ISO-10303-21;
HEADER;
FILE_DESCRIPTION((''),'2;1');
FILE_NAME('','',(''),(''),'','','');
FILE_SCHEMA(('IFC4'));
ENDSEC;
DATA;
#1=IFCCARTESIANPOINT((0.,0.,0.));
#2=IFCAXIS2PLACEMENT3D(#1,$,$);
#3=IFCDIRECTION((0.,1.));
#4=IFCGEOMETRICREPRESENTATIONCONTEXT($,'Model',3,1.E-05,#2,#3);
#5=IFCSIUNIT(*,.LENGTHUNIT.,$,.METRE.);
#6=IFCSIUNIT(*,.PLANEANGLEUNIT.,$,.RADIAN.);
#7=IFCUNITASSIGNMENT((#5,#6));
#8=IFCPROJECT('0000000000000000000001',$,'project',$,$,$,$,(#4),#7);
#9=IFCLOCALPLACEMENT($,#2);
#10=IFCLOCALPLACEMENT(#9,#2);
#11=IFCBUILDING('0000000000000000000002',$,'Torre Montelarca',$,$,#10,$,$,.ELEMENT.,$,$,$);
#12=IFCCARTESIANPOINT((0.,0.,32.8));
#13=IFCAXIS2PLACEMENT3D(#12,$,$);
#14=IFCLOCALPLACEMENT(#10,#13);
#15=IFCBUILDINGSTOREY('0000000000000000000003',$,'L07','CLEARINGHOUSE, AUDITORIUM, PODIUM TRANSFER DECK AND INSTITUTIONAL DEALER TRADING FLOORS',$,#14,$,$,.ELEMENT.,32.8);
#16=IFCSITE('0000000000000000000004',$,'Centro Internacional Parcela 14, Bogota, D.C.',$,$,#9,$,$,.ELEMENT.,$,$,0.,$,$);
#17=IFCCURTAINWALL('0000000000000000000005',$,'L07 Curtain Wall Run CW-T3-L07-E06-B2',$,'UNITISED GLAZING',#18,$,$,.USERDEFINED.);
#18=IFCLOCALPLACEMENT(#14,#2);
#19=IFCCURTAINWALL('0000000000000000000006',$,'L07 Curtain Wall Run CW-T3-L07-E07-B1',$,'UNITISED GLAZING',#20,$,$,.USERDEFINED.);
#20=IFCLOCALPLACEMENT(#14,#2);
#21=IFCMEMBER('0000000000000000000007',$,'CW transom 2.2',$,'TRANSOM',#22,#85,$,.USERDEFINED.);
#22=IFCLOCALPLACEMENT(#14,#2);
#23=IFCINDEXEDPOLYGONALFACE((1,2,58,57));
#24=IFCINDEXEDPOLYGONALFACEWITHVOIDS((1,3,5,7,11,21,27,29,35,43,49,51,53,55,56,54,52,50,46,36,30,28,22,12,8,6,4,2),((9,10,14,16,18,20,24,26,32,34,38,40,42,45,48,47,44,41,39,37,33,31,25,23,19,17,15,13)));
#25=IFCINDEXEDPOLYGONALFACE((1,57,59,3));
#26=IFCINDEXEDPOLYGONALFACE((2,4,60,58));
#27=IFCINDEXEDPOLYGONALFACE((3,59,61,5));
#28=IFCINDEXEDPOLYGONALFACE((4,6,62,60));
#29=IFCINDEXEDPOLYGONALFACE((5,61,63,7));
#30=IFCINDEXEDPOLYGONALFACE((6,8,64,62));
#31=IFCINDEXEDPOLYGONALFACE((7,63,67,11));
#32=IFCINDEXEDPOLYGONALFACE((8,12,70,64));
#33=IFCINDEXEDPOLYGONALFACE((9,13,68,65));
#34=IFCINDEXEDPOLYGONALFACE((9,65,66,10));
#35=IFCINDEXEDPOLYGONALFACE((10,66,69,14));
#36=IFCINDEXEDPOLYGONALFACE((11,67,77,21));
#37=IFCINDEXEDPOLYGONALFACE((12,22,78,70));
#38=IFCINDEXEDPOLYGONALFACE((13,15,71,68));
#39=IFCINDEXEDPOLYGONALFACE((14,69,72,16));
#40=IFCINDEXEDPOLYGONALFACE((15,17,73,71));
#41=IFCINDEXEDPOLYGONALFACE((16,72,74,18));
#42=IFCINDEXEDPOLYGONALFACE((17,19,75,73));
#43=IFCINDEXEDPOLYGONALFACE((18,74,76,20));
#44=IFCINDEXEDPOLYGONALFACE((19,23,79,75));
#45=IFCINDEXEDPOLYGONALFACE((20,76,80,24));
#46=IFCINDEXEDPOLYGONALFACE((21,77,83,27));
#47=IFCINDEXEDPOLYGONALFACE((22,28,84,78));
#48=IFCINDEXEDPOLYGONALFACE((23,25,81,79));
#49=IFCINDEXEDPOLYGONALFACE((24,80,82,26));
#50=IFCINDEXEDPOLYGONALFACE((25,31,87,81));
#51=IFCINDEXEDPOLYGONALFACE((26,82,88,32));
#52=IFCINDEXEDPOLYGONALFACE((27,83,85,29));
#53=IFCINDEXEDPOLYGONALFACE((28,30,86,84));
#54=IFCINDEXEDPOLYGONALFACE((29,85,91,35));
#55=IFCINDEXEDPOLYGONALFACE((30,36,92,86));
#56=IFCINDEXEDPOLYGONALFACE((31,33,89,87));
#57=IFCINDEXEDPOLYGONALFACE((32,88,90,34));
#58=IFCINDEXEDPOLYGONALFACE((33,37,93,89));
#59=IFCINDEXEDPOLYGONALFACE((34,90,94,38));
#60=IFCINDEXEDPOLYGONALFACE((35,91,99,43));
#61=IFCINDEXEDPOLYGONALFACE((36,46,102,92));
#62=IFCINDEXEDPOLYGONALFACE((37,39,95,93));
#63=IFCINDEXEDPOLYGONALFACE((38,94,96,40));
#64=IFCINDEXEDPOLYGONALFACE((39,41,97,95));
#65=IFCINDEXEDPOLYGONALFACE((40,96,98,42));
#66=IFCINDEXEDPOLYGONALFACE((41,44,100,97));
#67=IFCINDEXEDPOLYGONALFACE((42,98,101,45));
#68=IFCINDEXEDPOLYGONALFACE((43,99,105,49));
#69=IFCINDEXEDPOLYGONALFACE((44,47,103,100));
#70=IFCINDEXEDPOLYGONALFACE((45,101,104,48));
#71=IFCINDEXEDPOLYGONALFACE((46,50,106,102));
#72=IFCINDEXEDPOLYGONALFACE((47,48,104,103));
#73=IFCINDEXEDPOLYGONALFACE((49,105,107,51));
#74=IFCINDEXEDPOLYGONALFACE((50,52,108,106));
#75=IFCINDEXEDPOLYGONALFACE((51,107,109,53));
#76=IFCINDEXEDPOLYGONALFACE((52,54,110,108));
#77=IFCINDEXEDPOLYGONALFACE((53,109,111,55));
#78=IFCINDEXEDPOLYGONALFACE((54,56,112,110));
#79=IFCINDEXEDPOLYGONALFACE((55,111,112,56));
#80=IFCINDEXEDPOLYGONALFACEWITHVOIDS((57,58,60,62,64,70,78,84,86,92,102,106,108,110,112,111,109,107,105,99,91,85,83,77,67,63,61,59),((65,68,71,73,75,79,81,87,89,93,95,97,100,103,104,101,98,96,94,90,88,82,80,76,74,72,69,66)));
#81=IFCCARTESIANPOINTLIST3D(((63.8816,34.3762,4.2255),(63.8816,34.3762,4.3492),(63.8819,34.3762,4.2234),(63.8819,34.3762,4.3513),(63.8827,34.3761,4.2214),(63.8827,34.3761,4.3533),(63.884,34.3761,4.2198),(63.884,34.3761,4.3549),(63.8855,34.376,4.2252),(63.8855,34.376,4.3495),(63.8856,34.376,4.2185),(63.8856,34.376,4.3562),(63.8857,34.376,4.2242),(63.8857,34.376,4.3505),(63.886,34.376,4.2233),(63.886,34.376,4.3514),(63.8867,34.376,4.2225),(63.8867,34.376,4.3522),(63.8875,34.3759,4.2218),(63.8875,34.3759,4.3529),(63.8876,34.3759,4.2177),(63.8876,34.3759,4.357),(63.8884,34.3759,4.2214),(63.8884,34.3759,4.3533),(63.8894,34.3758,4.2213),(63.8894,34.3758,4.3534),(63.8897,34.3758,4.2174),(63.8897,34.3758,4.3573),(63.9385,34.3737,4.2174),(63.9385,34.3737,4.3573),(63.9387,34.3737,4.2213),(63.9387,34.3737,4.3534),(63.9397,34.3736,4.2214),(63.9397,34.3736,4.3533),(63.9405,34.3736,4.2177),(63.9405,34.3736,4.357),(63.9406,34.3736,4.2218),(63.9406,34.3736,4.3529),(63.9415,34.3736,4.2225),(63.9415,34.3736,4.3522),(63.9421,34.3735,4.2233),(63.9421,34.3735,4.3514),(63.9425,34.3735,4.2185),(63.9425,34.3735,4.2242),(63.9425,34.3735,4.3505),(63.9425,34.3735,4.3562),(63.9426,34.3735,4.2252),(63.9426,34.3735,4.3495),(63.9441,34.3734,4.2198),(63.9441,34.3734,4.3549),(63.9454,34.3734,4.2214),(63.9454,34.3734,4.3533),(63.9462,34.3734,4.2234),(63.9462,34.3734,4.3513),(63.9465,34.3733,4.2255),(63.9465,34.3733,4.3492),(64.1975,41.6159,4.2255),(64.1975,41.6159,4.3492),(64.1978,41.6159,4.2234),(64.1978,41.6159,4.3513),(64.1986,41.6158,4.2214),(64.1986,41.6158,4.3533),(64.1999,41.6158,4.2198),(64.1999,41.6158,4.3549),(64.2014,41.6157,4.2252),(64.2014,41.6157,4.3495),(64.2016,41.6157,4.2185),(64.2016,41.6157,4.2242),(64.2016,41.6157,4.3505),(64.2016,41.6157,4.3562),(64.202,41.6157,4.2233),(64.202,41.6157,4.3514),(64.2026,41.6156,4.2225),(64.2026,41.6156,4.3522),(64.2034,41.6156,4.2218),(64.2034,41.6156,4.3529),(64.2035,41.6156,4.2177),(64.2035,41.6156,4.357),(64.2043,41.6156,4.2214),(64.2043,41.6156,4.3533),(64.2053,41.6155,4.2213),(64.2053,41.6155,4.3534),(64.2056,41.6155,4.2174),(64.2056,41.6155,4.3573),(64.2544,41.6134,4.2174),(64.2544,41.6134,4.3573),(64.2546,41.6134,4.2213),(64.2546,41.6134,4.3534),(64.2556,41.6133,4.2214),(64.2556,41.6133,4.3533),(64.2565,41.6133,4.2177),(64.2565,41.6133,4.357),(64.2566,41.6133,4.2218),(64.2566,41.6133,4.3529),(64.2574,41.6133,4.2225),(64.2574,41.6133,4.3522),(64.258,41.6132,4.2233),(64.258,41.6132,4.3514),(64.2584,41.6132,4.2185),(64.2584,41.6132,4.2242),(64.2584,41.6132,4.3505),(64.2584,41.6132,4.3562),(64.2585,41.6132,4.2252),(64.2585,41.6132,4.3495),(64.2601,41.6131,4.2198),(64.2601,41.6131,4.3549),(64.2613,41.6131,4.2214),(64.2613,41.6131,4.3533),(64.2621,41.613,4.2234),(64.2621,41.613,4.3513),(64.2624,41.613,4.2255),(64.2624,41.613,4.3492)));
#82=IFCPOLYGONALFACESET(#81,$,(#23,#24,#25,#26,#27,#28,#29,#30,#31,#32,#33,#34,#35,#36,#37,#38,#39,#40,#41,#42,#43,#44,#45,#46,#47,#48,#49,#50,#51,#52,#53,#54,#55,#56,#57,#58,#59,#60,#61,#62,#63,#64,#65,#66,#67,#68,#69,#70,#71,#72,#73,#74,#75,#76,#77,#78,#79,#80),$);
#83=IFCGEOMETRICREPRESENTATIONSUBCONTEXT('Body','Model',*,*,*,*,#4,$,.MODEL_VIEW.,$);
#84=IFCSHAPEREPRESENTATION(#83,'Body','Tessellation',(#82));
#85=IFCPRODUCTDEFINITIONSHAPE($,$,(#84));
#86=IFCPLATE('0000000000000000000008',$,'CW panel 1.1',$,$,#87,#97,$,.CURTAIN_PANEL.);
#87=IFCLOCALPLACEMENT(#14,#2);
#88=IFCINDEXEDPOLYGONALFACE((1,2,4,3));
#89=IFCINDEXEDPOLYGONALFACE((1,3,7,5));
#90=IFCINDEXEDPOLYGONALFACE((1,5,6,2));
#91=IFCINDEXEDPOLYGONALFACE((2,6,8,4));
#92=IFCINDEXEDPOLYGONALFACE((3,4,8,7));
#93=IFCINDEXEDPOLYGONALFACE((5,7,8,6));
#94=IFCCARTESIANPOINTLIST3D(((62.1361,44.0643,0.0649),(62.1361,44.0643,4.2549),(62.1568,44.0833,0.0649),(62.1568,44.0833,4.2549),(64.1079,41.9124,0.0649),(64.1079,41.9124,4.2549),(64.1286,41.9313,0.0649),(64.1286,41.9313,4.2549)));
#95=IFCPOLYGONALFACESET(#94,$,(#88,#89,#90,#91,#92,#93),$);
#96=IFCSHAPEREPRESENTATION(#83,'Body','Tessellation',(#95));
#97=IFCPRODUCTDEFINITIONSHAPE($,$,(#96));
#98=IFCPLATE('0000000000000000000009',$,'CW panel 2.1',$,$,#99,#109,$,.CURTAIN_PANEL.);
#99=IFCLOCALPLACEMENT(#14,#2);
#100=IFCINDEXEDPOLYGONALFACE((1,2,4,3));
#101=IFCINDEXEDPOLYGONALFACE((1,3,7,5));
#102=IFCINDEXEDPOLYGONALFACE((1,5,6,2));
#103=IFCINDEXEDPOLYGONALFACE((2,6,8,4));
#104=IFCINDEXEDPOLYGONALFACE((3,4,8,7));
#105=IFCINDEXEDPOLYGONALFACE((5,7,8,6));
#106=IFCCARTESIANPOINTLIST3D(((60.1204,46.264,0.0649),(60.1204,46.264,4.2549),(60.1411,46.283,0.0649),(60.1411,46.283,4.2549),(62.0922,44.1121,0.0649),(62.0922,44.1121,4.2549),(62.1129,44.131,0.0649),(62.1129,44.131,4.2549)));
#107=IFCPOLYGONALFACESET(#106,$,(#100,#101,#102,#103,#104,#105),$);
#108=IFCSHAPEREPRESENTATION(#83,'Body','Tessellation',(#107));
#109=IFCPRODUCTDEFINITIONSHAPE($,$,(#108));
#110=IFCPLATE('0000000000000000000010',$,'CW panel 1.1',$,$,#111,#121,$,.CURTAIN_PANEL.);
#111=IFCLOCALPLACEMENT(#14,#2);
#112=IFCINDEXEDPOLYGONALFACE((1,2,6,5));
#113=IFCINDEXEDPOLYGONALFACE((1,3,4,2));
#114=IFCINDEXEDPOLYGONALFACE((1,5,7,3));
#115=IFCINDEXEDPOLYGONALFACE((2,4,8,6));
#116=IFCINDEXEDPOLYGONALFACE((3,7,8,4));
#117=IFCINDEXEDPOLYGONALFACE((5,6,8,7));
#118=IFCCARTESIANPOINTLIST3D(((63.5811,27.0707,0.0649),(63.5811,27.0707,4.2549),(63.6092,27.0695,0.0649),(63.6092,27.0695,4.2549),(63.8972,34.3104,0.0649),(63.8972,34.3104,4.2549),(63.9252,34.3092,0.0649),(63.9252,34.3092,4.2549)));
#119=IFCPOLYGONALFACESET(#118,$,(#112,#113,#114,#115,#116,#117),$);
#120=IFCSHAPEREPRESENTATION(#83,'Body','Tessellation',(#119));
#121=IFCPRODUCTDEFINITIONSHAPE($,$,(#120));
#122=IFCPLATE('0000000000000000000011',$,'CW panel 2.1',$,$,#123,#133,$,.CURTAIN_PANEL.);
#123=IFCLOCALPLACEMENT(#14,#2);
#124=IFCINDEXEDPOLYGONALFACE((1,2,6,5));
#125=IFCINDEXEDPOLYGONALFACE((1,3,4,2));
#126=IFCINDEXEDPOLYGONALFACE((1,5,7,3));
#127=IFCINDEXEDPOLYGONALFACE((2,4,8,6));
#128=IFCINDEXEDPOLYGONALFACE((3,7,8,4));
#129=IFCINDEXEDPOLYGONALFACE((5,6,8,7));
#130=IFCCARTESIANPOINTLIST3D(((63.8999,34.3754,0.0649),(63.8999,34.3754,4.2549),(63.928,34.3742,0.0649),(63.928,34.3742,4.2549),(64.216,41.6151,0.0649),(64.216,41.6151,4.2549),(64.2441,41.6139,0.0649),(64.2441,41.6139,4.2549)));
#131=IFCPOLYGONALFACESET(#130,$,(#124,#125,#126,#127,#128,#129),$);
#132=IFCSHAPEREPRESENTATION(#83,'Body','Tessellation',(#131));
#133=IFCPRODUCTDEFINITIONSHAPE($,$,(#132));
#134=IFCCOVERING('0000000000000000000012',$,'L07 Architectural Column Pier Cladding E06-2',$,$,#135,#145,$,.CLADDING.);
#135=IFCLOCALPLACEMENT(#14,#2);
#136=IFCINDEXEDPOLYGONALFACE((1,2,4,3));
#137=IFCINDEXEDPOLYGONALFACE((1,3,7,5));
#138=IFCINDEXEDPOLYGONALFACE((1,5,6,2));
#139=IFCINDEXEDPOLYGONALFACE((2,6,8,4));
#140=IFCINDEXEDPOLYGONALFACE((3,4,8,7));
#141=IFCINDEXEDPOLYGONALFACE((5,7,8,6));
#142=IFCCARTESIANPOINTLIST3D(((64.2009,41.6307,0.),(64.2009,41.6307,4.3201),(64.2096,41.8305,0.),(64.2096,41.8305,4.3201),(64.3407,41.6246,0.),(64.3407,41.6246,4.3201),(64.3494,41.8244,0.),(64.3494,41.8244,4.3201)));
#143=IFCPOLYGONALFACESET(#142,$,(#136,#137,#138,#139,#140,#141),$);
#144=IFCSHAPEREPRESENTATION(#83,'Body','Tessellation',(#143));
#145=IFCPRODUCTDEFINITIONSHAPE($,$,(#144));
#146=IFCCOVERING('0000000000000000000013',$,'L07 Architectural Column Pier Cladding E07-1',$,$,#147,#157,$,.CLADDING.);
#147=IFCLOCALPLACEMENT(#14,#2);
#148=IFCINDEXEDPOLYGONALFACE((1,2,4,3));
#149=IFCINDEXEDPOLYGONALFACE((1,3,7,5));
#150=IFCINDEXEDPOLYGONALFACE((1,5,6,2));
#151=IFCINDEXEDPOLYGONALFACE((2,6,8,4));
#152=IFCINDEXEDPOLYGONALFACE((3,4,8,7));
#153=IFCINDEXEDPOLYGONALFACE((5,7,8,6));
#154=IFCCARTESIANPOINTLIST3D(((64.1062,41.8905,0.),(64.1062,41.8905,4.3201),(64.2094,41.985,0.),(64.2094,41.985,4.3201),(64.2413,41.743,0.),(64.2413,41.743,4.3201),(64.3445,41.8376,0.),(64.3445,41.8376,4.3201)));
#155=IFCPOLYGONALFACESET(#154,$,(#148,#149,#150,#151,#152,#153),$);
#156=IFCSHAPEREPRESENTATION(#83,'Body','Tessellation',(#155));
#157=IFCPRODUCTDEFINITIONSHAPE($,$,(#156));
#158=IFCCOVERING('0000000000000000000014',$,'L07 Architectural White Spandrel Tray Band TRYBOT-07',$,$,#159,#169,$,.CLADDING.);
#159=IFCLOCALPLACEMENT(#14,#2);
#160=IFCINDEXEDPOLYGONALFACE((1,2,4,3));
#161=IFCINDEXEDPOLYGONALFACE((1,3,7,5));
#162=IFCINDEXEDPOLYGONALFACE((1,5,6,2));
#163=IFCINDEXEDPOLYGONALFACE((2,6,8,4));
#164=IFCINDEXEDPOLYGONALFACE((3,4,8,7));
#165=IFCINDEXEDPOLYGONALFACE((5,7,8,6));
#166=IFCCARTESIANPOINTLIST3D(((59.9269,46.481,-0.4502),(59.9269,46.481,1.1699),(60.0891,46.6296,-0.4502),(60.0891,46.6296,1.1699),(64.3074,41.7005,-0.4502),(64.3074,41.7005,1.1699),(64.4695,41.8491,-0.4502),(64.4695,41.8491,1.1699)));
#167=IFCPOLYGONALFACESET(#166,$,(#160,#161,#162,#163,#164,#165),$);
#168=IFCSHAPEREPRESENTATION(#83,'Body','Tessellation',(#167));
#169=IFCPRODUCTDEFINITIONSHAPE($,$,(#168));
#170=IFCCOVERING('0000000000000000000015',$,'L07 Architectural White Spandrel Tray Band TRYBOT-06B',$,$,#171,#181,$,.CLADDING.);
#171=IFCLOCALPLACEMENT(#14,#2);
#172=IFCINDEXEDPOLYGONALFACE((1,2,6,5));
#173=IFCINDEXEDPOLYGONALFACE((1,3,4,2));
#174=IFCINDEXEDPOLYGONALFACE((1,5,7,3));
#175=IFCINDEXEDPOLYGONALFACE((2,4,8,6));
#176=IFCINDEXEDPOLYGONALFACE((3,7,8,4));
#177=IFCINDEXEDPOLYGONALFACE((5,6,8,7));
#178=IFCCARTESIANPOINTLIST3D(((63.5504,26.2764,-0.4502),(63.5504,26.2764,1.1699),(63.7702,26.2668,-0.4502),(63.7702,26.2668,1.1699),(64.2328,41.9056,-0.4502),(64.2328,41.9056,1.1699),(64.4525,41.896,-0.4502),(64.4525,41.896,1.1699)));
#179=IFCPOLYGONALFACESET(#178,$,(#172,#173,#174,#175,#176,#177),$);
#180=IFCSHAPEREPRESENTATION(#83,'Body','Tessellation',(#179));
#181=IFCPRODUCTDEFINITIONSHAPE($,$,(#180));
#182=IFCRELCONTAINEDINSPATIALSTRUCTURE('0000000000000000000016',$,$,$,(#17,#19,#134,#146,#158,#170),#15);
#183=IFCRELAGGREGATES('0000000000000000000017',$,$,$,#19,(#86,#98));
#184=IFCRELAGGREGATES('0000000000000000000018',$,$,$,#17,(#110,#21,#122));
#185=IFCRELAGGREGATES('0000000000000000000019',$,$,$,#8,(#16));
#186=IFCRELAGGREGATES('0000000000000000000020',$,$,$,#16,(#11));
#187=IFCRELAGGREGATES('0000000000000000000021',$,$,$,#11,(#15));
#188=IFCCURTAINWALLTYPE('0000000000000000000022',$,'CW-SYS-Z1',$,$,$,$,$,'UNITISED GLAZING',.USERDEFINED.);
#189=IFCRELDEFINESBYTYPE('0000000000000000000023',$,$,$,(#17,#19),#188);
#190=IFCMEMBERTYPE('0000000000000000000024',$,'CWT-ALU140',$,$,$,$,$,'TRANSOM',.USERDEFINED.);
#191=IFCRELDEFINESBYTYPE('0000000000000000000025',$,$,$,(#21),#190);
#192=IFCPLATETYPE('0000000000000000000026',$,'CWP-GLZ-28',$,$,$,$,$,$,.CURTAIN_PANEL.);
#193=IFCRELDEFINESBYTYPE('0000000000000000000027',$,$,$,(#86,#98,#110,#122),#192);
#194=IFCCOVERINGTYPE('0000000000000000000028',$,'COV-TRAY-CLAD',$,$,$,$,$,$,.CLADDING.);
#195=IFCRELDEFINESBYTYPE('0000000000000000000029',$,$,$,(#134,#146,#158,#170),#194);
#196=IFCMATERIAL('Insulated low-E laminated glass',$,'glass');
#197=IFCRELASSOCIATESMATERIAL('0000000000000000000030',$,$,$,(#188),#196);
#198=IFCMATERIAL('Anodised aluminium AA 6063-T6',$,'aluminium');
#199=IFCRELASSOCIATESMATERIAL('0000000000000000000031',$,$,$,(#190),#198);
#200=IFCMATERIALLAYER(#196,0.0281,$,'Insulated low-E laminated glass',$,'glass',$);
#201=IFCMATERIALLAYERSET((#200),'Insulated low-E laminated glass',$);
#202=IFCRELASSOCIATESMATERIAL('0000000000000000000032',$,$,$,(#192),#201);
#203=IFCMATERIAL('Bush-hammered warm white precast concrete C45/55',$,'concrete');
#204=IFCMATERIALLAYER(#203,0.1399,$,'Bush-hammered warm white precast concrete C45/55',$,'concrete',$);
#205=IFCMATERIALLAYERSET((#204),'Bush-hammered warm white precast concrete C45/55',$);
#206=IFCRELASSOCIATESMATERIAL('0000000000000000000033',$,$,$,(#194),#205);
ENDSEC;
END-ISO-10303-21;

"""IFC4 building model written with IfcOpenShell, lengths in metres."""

from ifc_helpers import new_model, si_unit, direction, frame, origin, origin_2d, place, context, subcontext, project, spatial, rectangle, hollow_rectangle, extrude, source, transform, mapped, material, layer, layer_set, material_profile, profile_set, type_object, element, aggregate, save


model = new_model("IFC4")

# Units and contexts
model_context = context("Model", 3, precision=1e-05, world=origin(), true_north=direction((0.0, 1.0)))
body_context = subcontext(model_context, "Body", "Model", "MODEL_VIEW")
ifc_project = project(units=[si_unit("LENGTHUNIT", "METRE"), si_unit("PLANEANGLEUNIT", "RADIAN")], contexts=[model_context])

# Site, building, storey
site_placement = place(None, origin())
site = spatial("IfcSite", under=ifc_project, at=site_placement, Name="Centro Internacional Parcela 14, Bogota, D.C.", CompositionType="ELEMENT", RefElevation=0.0)
building_placement = place(site_placement, origin())
building = spatial("IfcBuilding", under=site, at=building_placement, Name="Torre Montelarca", CompositionType="ELEMENT")
storey_placement = place(building_placement, frame((0.0, 0.0, 32.8)))
storey = spatial("IfcBuildingStorey", under=building, at=storey_placement, Name="L07", Description="CLEARINGHOUSE, AUDITORIUM, PODIUM TRANSFER DECK AND INSTITUTIONAL DEALER TRADING FLOORS", CompositionType="ELEMENT", Elevation=32.8)

# Curtain walls
ifc_material_1 = material(Name="Insulated low-E laminated glass", Category="glass")
curtain_wall_type = type_object("IfcCurtainWallType", Name="CW-SYS-Z1", ElementType="UNITISED GLAZING", PredefinedType="USERDEFINED", material=ifc_material_1)
curtain_wall_1_placement = place(storey_placement, origin())
curtain_wall_1 = element("IfcCurtainWall", 1, at=curtain_wall_1_placement, inside=storey, type_object=curtain_wall_type, Name="L07 Curtain Wall Run CW-T3-L07-E06-B2", ObjectType="UNITISED GLAZING", PredefinedType="USERDEFINED")
ifc_material_2 = material(Name="Anodised aluminium AA 6063-T6", Category="aluminium")
curtain_wall_2_placement = place(storey_placement, origin())
curtain_wall_2 = element("IfcCurtainWall", 2, at=curtain_wall_2_placement, inside=storey, type_object=curtain_wall_type, Name="L07 Curtain Wall Run CW-T3-L07-E07-B1", ObjectType="UNITISED GLAZING", PredefinedType="USERDEFINED")
ifc_material_profile_1 = material_profile(ifc_material_2, hollow_rectangle(XDim=0.0649, YDim=0.1399, WallThickness=0.0039, InnerFilletRadius=0.0039, OuterFilletRadius=0.0081, at=origin_2d()), Name="ALU65X140X4", Category="aluminium")
ifc_profile_set_1 = profile_set([ifc_material_profile_1], Name="Anodised aluminium AA 6063-T6")
member_type_1 = type_object("IfcMemberType", Name="CWT-ALU140", ElementType="TRANSOM", PredefinedType="USERDEFINED", material=ifc_profile_set_1)

# Member
shared_shape_1 = source(origin(), body_context, "Body", "SweptSolid", [
    extrude(hollow_rectangle(XDim=0.0649, YDim=0.1399, WallThickness=0.0039, InnerFilletRadius=0.0039, OuterFilletRadius=0.0081, at=origin_2d()), origin(), (0.0, 0.0, 1.0), 7.2466),
])
member_1_placement = place(storey_placement, frame((63.9141, 34.3748, 4.2874), z_axis=(0.043595, 0.999049, 0.0), x_axis=(-0.999049, 0.043595, 0.0)))
member_1 = element("IfcMember", 3, at=member_1_placement, type_object=member_type_1, Name="CW transom 2.2", ObjectType="TRANSOM", PredefinedType="USERDEFINED", context=body_context, shape_type="MappedRepresentation", body=[
    mapped(shared_shape_1, transform((0.0, 0.0, 0.0), scale=1.0)),
])

# Plates
ifc_layer_1 = layer(ifc_material_1, 0.0281, Name="Insulated low-E laminated glass", Category="glass")
ifc_layer_set_1 = layer_set([ifc_layer_1], Name="Insulated low-E laminated glass")
plate_type = type_object("IfcPlateType", Name="CWP-GLZ-28", PredefinedType="CURTAIN_PANEL", material=ifc_layer_set_1)
shared_shape_2 = source(origin(), body_context, "Body", "SweptSolid", [
    extrude(rectangle(XDim=2.9187, YDim=0.0281, at=origin_2d()), origin(), (0.0, 0.0, 1.0), 4.1899),
])
plate_1_placement = place(storey_placement, frame((63.1323, 42.9978, 0.0649), z_axis=(0.0, 0.0, 1.0), x_axis=(-0.675574, 0.737292, 0.0)))
plate_1 = element("IfcPlate", 4, at=plate_1_placement, type_object=plate_type, Name="CW panel 1.1", PredefinedType="CURTAIN_PANEL", context=body_context, shape_type="MappedRepresentation", body=[
    mapped(shared_shape_2, transform((0.0, 0.0, 0.0), scale=1.0)),
])
plate_2_placement = place(storey_placement, frame((61.1167, 45.1975, 0.0649), z_axis=(0.0, 0.0, 1.0), x_axis=(-0.675574, 0.737292, 0.0)))
plate_2 = element("IfcPlate", 5, at=plate_2_placement, type_object=plate_type, Name="CW panel 2.1", PredefinedType="CURTAIN_PANEL", context=body_context, shape_type="MappedRepresentation", body=[
    mapped(shared_shape_2, transform((0.0, 0.0, 0.0), scale=1.0)),
])
aggregate(curtain_wall_2, [plate_1, plate_2])
shared_shape_3 = source(origin(), body_context, "Body", "SweptSolid", [
    extrude(rectangle(XDim=7.2466, YDim=0.0281, at=origin_2d()), origin(), (0.0, 0.0, 1.0), 4.1899),
])
plate_3_placement = place(storey_placement, frame((63.7532, 30.6899, 0.0649), z_axis=(0.0, 0.0, 1.0), x_axis=(0.04362, 0.999048, 0.0)))
plate_3 = element("IfcPlate", 6, at=plate_3_placement, type_object=plate_type, Name="CW panel 1.1", PredefinedType="CURTAIN_PANEL", context=body_context, shape_type="MappedRepresentation", body=[
    mapped(shared_shape_3, transform((0.0, 0.0, 0.0), scale=1.0)),
])
plate_4_placement = place(storey_placement, frame((64.072, 37.9946, 0.0649), z_axis=(0.0, 0.0, 1.0), x_axis=(0.04362, 0.999048, 0.0)))
plate_4 = element("IfcPlate", 7, at=plate_4_placement, type_object=plate_type, Name="CW panel 2.1", PredefinedType="CURTAIN_PANEL", context=body_context, shape_type="MappedRepresentation", body=[
    mapped(shared_shape_3, transform((0.0, 0.0, 0.0), scale=1.0)),
])
aggregate(curtain_wall_1, [plate_3, member_1, plate_4])

# Coverings
ifc_material_3 = material(Name="Bush-hammered warm white precast concrete C45/55", Category="concrete")
ifc_layer_2 = layer(ifc_material_3, 0.1399, Name="Bush-hammered warm white precast concrete C45/55", Category="concrete")
ifc_layer_set_2 = layer_set([ifc_layer_2], Name="Bush-hammered warm white precast concrete C45/55")
covering_type = type_object("IfcCoveringType", Name="COV-TRAY-CLAD", PredefinedType="CLADDING", material=ifc_layer_set_2)
shared_shape_4 = source(origin(), body_context, "Body", "SweptSolid", [
    extrude(rectangle(XDim=0.2, YDim=0.1399, at=origin_2d()), origin(), (0.0, 0.0, 1.0), 4.3201),
])
for number, where, z_axis, x_axis, name in (
    (8, (64.2751, 41.7275, 0.0), (0.0, 0.0, 1.0), (0.043621, 0.999048, 0.0), "L07 Architectural Column Pier Cladding E06-2"),
    (9, (64.2253, 41.864, 0.0), (0.0, 0.0, 1.0), (-0.675586, 0.737281, 0.0), "L07 Architectural Column Pier Cladding E07-1"),
):
    element("IfcCovering", number, at=place(storey_placement, frame(where, z_axis=z_axis, x_axis=x_axis)), inside=storey, type_object=covering_type, Name=name, PredefinedType="CLADDING", context=body_context, shape_type="MappedRepresentation", body=[
        mapped(shared_shape_4, transform((0.0, 0.0, 0.0), scale=1.0)),
    ])
shared_shape_5 = source(origin(), body_context, "Body", "SweptSolid", [
    extrude(rectangle(XDim=6.4839, YDim=0.22, at=origin_2d()), origin(), (0.0, 0.0, 1.0), 1.6201),
])
covering_1_placement = place(storey_placement, frame((62.1982, 44.165, -0.4502), z_axis=(0.0, 0.0, 1.0), x_axis=(-0.675588, 0.73728, 0.0)))
element("IfcCovering", 10, at=covering_1_placement, inside=storey, type_object=covering_type, Name="L07 Architectural White Spandrel Tray Band TRYBOT-07", PredefinedType="CLADDING", context=body_context, shape_type="MappedRepresentation", body=[
    mapped(shared_shape_5, transform((0.0, 0.0, 0.0), scale=1.0)),
])
shared_shape_6 = source(origin(), body_context, "Body", "SweptSolid", [
    extrude(rectangle(XDim=15.644, YDim=0.22, at=origin_2d()), origin(), (0.0, 0.0, 1.0), 1.6201),
])
covering_2_placement = place(storey_placement, frame((64.0015, 34.0862, -0.4502), z_axis=(0.0, 0.0, 1.0), x_axis=(0.043619, 0.999048, 0.0)))
element("IfcCovering", 11, at=covering_2_placement, inside=storey, type_object=covering_type, Name="L07 Architectural White Spandrel Tray Band TRYBOT-06B", PredefinedType="CLADDING", context=body_context, shape_type="MappedRepresentation", body=[
    mapped(shared_shape_6, transform((0.0, 0.0, 0.0), scale=1.0)),
])

save(model, "model.ifc")
